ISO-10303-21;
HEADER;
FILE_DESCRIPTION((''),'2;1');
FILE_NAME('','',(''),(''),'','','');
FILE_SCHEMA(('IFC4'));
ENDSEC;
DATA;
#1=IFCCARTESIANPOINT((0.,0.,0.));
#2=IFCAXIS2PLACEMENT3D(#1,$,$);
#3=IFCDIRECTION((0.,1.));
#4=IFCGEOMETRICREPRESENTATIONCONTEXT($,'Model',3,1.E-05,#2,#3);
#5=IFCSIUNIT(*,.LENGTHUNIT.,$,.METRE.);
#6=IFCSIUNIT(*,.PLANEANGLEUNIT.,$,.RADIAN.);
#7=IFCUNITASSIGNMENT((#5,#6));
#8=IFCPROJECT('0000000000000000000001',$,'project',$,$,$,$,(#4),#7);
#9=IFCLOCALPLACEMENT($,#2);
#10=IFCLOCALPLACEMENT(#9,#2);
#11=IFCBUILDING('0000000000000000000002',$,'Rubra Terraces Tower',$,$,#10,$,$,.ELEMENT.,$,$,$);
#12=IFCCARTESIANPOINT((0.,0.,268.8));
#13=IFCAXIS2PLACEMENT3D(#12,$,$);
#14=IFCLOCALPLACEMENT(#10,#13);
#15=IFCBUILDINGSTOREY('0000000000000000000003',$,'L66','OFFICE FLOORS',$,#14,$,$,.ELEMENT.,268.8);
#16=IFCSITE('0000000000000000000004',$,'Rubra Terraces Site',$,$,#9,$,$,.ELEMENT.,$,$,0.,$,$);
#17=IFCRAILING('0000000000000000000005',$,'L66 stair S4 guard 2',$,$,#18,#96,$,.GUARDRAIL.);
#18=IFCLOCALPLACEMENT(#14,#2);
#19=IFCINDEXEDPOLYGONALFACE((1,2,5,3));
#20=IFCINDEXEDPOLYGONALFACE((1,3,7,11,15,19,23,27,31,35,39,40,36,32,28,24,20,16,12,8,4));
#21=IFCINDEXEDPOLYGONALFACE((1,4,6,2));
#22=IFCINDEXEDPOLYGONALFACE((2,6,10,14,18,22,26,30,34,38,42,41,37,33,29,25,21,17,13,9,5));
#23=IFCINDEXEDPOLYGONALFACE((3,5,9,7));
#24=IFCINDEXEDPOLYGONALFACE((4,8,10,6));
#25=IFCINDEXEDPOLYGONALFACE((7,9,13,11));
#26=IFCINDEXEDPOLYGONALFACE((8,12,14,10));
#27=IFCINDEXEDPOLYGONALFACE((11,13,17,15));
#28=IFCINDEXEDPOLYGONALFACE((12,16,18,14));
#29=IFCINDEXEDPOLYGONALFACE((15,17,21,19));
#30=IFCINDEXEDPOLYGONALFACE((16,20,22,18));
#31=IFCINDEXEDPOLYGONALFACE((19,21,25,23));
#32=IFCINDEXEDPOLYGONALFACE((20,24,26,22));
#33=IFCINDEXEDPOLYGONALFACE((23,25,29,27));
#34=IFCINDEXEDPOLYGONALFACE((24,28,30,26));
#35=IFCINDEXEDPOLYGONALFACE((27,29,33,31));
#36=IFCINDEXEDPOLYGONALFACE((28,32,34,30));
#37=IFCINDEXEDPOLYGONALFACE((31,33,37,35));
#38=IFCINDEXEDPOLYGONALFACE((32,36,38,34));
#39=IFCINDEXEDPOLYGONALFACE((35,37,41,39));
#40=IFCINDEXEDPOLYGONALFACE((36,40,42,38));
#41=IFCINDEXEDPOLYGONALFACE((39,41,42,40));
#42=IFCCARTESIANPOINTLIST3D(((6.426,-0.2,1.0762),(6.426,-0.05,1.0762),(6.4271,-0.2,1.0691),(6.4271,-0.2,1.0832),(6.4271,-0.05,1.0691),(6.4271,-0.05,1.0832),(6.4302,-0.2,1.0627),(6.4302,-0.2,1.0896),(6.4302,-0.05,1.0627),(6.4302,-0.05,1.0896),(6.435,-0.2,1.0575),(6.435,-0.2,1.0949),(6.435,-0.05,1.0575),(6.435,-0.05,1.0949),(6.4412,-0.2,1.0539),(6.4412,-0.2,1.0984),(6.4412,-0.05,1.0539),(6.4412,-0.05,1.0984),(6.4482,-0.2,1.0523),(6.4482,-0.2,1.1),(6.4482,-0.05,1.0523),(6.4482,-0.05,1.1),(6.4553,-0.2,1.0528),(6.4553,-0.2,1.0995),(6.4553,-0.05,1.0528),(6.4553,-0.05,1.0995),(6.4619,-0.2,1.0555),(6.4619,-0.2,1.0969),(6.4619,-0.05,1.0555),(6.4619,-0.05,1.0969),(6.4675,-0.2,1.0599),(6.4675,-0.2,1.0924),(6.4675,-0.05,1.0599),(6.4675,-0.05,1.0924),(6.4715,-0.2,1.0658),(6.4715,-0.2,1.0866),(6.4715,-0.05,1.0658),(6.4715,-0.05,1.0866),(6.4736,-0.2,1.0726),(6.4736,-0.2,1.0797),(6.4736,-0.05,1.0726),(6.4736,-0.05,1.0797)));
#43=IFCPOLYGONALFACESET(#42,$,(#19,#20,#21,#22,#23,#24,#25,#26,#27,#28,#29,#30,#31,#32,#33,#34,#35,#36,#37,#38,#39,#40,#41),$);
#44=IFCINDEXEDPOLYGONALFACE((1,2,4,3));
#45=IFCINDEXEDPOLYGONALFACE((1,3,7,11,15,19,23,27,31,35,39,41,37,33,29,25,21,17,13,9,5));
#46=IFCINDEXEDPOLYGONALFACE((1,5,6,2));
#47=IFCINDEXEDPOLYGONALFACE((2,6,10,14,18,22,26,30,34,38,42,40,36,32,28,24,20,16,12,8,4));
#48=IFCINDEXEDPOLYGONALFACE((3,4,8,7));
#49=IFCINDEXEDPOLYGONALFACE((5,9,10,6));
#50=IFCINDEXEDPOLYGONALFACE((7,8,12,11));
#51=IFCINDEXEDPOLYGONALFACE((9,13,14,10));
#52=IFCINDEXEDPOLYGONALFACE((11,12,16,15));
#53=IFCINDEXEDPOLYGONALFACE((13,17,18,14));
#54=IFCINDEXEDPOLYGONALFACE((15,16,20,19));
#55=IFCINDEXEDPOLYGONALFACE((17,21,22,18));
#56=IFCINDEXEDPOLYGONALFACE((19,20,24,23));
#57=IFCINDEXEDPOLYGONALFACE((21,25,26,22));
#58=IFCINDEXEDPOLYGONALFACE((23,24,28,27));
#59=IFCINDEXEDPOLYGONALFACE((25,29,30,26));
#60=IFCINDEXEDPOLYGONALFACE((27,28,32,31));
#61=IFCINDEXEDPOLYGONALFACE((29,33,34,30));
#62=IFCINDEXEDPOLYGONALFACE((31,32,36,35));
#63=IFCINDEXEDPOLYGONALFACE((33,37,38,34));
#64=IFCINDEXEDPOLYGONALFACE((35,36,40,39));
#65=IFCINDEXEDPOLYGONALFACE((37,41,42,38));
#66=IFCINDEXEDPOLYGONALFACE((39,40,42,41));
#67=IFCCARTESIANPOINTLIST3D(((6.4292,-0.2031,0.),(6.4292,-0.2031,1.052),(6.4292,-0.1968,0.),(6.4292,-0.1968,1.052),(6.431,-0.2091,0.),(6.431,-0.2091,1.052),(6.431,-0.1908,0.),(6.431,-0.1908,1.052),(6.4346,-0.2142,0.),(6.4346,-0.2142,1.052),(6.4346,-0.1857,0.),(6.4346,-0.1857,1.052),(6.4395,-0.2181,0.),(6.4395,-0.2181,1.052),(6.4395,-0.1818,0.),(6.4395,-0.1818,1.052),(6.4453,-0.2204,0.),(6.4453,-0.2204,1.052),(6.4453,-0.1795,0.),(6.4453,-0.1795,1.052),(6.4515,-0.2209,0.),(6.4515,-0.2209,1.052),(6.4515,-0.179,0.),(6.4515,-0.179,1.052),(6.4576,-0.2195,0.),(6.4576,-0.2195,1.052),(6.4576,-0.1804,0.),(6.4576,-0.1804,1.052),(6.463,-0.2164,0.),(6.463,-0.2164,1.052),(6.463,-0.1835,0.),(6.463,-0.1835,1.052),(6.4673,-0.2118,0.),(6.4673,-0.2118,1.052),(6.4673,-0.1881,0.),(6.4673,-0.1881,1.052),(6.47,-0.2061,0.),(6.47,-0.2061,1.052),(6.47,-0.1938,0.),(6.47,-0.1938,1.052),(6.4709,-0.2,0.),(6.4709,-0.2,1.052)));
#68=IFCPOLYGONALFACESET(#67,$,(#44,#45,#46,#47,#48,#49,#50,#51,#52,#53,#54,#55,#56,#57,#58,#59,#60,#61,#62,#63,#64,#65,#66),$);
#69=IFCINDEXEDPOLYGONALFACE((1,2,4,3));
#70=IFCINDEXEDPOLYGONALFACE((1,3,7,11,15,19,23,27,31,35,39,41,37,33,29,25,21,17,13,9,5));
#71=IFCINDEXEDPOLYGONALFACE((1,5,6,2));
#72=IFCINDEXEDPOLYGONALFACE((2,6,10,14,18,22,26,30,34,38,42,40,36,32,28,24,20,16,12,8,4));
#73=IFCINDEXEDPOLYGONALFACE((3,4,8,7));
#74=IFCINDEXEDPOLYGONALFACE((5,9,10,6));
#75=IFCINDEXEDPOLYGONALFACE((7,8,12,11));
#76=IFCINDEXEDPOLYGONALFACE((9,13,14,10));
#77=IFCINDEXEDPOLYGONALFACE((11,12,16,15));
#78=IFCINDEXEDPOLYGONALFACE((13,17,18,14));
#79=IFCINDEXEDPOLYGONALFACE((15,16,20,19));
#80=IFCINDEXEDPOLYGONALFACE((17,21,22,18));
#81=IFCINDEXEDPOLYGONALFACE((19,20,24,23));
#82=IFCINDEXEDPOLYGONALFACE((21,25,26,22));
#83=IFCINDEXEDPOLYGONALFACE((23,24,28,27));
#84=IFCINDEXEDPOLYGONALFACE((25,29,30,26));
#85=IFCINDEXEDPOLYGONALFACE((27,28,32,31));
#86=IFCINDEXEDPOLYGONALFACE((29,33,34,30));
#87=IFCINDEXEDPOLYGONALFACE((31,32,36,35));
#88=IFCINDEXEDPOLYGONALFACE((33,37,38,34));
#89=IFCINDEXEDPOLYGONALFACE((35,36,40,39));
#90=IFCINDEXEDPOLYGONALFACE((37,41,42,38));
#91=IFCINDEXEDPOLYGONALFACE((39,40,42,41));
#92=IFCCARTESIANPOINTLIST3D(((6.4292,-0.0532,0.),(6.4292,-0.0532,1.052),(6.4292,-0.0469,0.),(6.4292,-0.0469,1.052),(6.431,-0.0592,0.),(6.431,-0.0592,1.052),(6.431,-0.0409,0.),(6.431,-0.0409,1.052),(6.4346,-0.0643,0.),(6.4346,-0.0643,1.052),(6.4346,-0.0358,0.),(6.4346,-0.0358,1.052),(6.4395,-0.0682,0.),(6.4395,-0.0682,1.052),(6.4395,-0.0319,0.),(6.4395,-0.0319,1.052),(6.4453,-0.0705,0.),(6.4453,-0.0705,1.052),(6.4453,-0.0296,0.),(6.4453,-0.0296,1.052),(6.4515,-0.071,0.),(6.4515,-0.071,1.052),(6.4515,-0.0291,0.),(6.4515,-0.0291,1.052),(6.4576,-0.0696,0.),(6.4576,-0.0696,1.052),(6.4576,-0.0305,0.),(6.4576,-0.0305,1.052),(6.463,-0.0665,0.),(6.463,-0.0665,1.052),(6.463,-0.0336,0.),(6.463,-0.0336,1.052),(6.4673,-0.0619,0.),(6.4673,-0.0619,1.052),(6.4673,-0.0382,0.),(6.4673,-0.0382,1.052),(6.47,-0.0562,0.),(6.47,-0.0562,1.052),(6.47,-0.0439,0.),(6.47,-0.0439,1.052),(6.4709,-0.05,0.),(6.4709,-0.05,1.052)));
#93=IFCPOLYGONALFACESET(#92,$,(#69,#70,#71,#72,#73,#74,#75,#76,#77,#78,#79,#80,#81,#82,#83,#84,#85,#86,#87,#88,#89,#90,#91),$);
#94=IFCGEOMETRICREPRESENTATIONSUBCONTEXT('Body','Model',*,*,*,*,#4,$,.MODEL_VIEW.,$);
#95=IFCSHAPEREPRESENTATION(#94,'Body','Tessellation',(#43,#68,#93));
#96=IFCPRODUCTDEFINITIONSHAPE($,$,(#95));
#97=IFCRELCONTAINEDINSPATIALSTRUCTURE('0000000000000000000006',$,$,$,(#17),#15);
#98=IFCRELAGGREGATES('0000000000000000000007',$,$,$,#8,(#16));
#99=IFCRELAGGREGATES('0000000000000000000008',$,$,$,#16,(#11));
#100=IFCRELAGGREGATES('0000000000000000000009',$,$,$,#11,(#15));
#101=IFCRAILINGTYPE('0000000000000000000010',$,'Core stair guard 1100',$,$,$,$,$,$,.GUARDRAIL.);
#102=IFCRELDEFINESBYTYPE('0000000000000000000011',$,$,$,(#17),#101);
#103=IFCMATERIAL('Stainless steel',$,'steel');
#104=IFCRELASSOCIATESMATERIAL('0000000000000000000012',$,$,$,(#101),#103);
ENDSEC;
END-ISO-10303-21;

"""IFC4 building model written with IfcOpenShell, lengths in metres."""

from ifc_helpers import new_model, si_unit, direction, frame, origin, origin_2d, place, context, subcontext, project, spatial, circle, extrude, material, type_object, element, save


model = new_model("IFC4")

# Units and contexts
model_context = context("Model", 3, precision=1e-05, world=origin(), true_north=direction((0.0, 1.0)))
body_context = subcontext(model_context, "Body", "Model", "MODEL_VIEW")
ifc_project = project(units=[si_unit("LENGTHUNIT", "METRE"), si_unit("PLANEANGLEUNIT", "RADIAN")], contexts=[model_context])

# Site, building, storey
site_placement = place(None, origin())
site = spatial("IfcSite", under=ifc_project, at=site_placement, Name="Rubra Terraces Site", CompositionType="ELEMENT", RefElevation=0.0)
building_placement = place(site_placement, origin())
building = spatial("IfcBuilding", under=site, at=building_placement, Name="Rubra Terraces Tower", CompositionType="ELEMENT")
storey_placement = place(building_placement, frame((0.0, 0.0, 268.8)))
storey = spatial("IfcBuildingStorey", under=building, at=storey_placement, Name="L66", Description="OFFICE FLOORS", CompositionType="ELEMENT", Elevation=268.8)

# Railing
ifc_material_1 = material(Name="Stainless steel", Category="steel")
railing_type_1 = type_object("IfcRailingType", Name="Core stair guard 1100", PredefinedType="GUARDRAIL", material=ifc_material_1)
railing_1_placement = place(storey_placement, frame((6.45, -0.2, 0.0)))
element("IfcRailing", 1, at=railing_1_placement, inside=storey, type_object=railing_type_1, Name="L66 stair S4 guard 2", PredefinedType="GUARDRAIL", context=body_context, shape_type="SweptSolid", body=[
    extrude(circle(Radius=0.0239, at=origin_2d()), frame((0.0, 0.0, 1.0762), z_axis=(0.0, 1.0, 0.0), x_axis=(-1.0, 0.0, 0.0)), (0.0, 0.0, 1.0), 0.1499),
    extrude(circle(Radius=0.021, at=origin_2d()), origin(), (0.0, 0.0, 1.0), 1.052),
    extrude(circle(Radius=0.021, at=origin_2d()), frame((0.0, 0.1499, 0.0)), (0.0, 0.0, 1.0), 1.052),
])

save(model, "model.ifc")
